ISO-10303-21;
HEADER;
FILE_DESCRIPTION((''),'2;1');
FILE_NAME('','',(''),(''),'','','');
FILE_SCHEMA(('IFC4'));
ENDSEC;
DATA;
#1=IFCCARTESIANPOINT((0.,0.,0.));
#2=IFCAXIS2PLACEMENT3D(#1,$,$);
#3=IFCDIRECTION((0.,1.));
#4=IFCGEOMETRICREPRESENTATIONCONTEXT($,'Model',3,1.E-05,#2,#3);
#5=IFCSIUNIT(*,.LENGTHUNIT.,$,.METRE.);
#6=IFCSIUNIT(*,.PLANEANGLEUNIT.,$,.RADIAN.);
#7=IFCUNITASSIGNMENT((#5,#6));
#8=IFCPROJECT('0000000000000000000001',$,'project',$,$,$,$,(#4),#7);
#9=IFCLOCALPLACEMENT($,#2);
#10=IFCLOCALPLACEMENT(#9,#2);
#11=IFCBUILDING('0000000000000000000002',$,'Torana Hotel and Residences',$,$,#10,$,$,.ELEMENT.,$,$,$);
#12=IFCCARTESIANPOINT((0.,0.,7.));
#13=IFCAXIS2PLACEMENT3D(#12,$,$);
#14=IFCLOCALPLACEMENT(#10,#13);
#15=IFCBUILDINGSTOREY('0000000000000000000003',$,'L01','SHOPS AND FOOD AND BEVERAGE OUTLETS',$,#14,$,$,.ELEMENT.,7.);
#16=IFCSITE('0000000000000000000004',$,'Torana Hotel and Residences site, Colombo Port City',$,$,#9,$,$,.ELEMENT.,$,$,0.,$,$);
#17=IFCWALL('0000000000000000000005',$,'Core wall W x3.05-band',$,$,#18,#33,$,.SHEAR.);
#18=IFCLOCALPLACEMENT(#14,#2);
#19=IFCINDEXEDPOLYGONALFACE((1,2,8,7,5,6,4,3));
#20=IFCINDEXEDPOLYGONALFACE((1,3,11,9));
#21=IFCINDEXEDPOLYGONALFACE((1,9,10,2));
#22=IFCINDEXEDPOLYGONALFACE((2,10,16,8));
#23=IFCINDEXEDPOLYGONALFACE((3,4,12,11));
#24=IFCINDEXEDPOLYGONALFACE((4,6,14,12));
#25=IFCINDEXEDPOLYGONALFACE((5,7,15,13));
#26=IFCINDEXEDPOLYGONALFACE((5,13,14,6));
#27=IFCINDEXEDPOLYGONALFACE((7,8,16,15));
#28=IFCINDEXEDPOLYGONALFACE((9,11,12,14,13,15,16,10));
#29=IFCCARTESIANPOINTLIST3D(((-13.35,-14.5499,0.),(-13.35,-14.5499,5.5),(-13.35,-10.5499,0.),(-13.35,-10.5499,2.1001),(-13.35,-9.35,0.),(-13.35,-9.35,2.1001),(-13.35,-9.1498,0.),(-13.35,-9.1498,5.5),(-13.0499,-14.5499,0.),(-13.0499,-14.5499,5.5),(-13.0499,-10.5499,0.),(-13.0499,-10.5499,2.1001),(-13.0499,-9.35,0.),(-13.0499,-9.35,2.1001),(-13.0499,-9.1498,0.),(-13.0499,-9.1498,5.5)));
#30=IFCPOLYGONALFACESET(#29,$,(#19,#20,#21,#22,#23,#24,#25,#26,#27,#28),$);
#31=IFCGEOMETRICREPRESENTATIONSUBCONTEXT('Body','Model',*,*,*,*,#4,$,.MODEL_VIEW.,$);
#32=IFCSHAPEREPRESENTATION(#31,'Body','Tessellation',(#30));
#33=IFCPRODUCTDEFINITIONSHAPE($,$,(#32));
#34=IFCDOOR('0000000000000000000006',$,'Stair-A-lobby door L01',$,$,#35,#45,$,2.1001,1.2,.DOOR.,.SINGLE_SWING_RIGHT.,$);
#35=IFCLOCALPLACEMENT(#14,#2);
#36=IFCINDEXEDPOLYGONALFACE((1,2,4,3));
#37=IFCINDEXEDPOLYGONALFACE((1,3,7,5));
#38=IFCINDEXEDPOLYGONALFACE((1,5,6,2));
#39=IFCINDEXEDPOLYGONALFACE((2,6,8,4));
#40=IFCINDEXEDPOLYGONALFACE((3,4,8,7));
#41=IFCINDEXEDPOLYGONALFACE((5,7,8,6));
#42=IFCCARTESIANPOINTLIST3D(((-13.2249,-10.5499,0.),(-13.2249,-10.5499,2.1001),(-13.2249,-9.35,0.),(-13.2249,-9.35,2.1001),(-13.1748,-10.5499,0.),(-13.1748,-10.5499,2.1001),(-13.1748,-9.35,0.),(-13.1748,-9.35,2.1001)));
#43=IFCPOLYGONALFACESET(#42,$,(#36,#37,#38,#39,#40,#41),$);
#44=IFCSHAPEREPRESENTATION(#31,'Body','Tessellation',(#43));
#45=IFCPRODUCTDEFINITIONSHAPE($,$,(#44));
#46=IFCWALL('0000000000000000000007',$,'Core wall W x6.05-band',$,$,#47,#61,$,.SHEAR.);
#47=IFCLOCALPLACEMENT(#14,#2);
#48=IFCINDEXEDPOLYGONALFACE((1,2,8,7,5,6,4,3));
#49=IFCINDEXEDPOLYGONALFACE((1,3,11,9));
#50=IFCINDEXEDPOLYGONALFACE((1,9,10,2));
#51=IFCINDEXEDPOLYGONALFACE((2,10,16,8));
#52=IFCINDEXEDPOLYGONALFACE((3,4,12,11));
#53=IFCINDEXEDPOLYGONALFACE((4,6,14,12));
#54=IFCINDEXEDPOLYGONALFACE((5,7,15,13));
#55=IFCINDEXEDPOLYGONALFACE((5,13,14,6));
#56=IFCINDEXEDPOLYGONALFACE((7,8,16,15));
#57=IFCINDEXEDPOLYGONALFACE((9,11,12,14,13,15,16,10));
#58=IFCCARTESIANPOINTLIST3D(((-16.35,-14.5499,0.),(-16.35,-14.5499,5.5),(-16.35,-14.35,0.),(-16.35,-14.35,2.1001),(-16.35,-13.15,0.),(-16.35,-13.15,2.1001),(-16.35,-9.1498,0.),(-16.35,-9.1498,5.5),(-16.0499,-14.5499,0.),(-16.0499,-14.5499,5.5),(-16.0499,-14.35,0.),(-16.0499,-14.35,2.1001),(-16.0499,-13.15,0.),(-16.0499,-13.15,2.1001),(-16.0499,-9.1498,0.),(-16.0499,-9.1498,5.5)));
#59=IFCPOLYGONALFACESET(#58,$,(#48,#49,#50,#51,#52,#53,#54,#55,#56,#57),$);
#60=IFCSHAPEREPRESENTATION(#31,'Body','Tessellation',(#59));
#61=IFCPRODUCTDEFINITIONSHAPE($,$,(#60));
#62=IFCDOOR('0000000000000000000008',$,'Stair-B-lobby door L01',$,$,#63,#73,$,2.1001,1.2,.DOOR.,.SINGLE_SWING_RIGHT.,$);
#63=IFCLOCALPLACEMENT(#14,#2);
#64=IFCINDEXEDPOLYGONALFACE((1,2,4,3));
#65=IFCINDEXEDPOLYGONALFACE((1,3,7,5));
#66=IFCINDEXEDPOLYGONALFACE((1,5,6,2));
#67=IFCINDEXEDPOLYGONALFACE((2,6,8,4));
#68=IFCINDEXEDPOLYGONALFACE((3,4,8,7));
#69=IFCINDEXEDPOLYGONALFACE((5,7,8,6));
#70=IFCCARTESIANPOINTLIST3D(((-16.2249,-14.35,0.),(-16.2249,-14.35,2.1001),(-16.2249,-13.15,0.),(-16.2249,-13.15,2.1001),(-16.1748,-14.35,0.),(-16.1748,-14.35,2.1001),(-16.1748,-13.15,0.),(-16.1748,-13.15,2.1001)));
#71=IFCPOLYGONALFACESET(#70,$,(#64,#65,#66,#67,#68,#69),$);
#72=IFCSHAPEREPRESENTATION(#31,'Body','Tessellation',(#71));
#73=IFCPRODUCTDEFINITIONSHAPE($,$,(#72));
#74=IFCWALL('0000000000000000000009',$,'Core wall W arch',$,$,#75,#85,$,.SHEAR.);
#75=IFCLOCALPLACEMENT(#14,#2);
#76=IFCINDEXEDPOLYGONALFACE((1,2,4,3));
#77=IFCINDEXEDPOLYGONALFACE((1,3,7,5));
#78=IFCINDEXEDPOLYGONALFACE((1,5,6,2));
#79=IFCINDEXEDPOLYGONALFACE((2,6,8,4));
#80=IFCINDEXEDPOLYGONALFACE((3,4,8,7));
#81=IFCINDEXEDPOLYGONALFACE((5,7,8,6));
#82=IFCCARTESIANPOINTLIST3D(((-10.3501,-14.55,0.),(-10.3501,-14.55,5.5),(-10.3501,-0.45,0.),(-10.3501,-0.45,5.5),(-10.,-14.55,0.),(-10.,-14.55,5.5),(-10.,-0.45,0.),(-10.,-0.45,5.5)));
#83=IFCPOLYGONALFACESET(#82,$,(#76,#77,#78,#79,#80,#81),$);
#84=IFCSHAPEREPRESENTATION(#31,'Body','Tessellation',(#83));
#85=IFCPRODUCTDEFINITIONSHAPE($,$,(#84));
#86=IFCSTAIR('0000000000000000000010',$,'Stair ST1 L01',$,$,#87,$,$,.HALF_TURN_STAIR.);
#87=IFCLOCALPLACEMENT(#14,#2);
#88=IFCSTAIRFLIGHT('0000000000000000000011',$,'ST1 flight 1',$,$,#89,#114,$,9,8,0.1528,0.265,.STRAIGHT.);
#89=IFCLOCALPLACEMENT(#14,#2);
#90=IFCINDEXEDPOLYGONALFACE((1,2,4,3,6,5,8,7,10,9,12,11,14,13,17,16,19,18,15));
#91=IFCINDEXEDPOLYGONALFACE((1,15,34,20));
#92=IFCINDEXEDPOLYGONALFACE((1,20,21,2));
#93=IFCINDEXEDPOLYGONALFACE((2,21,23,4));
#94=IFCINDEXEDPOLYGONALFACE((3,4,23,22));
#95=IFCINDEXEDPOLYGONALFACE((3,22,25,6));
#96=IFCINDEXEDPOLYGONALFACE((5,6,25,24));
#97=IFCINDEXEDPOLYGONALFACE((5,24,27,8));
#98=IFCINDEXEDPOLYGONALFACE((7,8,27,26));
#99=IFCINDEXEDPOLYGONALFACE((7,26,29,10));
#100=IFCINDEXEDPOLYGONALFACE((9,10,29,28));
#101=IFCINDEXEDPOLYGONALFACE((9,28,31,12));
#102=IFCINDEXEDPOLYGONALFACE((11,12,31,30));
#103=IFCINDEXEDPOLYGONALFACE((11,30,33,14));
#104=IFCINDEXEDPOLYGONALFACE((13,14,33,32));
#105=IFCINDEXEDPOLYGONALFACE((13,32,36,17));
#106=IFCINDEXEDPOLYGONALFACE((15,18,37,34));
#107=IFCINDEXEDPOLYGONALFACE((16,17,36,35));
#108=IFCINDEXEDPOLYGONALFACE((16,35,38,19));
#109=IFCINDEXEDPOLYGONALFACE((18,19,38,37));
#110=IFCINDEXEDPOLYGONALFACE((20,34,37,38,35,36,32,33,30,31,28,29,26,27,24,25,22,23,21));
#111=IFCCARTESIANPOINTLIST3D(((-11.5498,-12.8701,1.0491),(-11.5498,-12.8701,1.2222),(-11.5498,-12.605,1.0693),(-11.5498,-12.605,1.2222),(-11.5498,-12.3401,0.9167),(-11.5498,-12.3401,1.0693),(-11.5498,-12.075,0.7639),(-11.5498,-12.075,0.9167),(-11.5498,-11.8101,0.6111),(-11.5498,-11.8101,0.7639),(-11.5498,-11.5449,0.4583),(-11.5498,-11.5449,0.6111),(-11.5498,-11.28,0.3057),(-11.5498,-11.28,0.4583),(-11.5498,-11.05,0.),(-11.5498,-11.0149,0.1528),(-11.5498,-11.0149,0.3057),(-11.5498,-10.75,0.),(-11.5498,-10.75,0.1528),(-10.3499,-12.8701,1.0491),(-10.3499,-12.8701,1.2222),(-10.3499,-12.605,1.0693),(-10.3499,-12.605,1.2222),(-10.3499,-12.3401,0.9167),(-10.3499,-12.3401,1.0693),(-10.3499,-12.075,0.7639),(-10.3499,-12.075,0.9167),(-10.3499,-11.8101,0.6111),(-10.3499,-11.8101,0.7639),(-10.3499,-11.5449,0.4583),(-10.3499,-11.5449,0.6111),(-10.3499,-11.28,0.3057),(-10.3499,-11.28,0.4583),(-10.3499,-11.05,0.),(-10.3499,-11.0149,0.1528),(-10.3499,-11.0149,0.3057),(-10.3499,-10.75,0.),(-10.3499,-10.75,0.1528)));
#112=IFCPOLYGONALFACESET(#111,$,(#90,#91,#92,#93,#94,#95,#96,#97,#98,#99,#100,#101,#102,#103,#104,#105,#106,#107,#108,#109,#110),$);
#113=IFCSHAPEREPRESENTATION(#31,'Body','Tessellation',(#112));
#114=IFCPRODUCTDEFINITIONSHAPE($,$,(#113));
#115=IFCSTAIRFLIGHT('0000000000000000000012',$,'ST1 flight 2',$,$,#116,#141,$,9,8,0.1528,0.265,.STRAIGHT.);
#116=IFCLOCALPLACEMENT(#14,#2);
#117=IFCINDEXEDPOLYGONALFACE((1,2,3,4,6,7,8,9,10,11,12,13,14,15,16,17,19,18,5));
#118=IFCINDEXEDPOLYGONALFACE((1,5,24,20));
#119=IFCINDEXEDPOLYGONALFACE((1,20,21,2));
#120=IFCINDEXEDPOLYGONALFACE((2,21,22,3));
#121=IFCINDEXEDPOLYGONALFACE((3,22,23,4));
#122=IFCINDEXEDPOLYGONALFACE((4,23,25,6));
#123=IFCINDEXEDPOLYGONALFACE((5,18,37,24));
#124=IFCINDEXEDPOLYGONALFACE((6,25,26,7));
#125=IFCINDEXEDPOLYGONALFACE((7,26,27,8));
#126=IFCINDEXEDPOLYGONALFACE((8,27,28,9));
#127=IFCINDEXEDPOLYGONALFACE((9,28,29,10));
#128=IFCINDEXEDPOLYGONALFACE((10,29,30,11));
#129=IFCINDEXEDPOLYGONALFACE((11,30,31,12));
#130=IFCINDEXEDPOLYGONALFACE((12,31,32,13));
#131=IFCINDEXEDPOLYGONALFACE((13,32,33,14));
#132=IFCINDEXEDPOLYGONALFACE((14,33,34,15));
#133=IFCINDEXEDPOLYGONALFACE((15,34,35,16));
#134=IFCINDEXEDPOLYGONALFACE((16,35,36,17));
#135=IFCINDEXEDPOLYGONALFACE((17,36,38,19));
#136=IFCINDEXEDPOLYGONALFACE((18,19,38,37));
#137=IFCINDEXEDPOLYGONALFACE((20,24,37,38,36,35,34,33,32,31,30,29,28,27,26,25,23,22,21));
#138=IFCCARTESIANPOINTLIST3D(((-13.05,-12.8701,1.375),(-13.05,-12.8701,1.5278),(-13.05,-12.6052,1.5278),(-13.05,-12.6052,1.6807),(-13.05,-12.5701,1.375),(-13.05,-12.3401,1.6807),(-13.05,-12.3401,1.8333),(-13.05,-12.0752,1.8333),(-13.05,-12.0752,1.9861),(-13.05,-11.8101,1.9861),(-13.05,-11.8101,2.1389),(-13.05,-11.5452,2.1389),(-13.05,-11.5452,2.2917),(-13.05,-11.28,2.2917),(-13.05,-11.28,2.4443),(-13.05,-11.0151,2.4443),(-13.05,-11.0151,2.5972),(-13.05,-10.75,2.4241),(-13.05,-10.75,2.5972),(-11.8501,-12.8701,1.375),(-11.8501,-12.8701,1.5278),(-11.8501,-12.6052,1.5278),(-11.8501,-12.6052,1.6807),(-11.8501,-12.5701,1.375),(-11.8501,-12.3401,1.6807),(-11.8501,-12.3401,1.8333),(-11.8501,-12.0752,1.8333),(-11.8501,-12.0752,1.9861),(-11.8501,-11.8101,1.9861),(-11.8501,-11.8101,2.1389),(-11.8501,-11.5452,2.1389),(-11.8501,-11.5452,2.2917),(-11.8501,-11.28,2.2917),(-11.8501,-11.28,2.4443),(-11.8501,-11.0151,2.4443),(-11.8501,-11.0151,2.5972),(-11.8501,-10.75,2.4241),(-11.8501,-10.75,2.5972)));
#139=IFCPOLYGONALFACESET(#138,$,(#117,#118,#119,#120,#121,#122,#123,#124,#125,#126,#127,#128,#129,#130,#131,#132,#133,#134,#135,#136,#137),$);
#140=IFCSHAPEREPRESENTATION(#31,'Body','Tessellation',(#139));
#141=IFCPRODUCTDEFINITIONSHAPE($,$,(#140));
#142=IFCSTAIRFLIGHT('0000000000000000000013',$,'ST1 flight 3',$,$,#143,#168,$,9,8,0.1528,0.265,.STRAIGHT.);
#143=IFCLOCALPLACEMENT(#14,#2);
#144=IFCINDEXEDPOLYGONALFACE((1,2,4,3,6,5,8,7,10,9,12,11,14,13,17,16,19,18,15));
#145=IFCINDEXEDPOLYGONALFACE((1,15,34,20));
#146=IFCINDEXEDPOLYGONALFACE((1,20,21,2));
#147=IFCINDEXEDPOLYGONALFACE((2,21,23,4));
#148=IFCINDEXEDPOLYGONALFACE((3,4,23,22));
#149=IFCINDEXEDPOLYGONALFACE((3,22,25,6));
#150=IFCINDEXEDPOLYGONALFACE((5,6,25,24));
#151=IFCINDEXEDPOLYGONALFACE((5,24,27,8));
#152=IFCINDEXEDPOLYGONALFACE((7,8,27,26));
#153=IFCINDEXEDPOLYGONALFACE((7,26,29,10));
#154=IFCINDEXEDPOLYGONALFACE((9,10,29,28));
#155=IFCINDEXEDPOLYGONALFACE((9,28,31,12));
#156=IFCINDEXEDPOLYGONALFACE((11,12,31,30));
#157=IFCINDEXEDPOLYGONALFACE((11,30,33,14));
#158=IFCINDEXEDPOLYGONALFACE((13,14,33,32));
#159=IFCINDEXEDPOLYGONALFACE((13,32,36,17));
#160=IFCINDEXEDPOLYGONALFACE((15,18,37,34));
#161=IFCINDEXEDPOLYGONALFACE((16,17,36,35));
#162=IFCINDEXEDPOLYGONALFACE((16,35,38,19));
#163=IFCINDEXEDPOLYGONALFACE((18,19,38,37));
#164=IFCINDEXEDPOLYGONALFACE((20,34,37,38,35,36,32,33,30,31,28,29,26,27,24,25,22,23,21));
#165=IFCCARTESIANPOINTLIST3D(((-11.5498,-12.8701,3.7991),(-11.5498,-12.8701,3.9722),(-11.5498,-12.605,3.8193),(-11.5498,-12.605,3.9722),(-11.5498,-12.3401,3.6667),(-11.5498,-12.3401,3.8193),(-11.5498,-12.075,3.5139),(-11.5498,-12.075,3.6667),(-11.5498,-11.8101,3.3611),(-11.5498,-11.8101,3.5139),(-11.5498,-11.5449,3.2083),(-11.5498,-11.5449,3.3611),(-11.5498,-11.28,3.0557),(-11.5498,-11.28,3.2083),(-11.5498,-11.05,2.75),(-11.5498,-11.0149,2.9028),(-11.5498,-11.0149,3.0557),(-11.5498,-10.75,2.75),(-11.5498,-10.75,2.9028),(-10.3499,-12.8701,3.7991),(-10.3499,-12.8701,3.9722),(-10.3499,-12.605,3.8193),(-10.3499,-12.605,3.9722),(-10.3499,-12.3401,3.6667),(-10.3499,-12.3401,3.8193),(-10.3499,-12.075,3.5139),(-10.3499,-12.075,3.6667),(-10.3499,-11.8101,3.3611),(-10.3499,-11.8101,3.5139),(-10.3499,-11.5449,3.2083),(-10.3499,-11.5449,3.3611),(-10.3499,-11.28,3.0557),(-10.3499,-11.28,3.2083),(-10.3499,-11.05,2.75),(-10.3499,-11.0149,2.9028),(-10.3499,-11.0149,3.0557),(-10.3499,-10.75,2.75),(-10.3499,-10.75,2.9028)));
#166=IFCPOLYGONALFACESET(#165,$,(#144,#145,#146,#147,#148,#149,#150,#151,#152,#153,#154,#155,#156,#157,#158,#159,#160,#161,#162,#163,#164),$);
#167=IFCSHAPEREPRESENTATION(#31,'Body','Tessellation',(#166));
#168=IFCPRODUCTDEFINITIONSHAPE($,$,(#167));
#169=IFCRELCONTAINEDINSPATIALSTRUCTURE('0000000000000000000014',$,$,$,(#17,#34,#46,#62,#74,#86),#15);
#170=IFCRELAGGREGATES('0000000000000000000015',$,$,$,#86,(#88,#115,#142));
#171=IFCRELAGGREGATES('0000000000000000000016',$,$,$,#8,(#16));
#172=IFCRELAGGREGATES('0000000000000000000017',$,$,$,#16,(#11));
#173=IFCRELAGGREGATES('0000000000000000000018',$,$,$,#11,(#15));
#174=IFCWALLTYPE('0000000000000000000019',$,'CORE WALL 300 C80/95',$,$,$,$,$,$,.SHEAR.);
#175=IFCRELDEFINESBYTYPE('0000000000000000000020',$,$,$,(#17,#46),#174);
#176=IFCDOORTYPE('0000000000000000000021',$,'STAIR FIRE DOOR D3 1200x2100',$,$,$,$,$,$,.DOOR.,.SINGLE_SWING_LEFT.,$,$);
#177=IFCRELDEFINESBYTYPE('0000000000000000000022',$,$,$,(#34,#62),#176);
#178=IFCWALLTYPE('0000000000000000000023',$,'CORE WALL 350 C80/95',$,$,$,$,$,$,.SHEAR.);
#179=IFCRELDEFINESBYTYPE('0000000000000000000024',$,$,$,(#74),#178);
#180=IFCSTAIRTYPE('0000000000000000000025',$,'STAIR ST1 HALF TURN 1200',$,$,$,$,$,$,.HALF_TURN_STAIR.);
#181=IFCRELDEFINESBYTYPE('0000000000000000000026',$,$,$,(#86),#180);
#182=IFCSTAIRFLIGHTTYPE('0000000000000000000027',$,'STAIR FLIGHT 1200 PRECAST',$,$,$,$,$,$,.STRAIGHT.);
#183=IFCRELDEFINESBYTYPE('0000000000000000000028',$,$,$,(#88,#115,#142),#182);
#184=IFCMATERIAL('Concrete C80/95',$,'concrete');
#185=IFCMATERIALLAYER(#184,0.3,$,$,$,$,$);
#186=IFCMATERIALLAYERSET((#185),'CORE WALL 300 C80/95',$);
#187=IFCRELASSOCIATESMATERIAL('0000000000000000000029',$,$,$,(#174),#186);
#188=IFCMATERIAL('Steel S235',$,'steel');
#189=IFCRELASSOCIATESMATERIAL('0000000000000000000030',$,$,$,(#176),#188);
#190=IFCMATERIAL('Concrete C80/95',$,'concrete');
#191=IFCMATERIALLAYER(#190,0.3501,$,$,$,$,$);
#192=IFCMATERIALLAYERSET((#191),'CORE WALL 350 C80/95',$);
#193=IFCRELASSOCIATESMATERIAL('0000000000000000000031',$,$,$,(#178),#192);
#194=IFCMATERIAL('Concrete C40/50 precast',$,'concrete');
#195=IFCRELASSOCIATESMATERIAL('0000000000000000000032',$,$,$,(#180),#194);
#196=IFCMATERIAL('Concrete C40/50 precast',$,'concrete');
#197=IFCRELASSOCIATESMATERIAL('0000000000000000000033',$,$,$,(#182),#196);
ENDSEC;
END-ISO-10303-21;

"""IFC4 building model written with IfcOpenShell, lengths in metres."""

from ifc_helpers import new_model, si_unit, direction, frame, frame_2d, origin, place, context, subcontext, project, spatial, polyline, rectangle, outline, extrude, material, layer, layer_set, type_object, element, fill, aggregate, save


model = new_model("IFC4")

# Units and contexts
model_context = context("Model", 3, precision=1e-05, world=origin(), true_north=direction((0.0, 1.0)))
body_context = subcontext(model_context, "Body", "Model", "MODEL_VIEW")
ifc_project = project(units=[si_unit("LENGTHUNIT", "METRE"), si_unit("PLANEANGLEUNIT", "RADIAN")], contexts=[model_context])

# Site, building, storey
site_placement = place(None, origin())
site = spatial("IfcSite", under=ifc_project, at=site_placement, Name="Torana Hotel and Residences site, Colombo Port City", CompositionType="ELEMENT", RefElevation=0.0)
building_placement = place(site_placement, origin())
building = spatial("IfcBuilding", under=site, at=building_placement, Name="Torana Hotel and Residences", CompositionType="ELEMENT")
storey_placement = place(building_placement, frame((0.0, 0.0, 7.0)))
storey = spatial("IfcBuildingStorey", under=building, at=storey_placement, Name="L01", Description="SHOPS AND FOOD AND BEVERAGE OUTLETS", CompositionType="ELEMENT", Elevation=7.0)

# Walls, openings, doors
ifc_material_1 = material(Name="Concrete C80/95", Category="concrete")
ifc_layer_1 = layer(ifc_material_1, 0.3)
ifc_layer_set_1 = layer_set([ifc_layer_1], Name="CORE WALL 300 C80/95")
wall_type_1 = type_object("IfcWallType", Name="CORE WALL 300 C80/95", PredefinedType="SHEAR", material=ifc_layer_set_1)
wall_1_placement = place(storey_placement, frame((-13.2, -14.55, 0.0), z_axis=(0.0, 0.0, 1.0), x_axis=(0.0, 1.0, 0.0)))
wall_1 = element("IfcWall", 1, at=wall_1_placement, inside=storey, type_object=wall_type_1, Name="Core wall W x3.05-band", PredefinedType="SHEAR", context=body_context, shape_type="SweptSolid", body=[
    extrude(rectangle(XDim=5.4001, YDim=0.3, at=frame_2d((2.7002, 0.0))), origin(), (0.0, 0.0, 1.0), 5.5),
])
opening_1_placement = place(wall_1_placement, frame((4.0, 0.0, 0.0)))
opening_1 = element("IfcOpeningElement", 2, at=opening_1_placement, cuts=wall_1, PredefinedType="OPENING", context=body_context, shape_type="SweptSolid", body=[
    extrude(rectangle(XDim=1.2, YDim=2.1001, at=frame_2d((0.6001, 1.05))), frame((0.0, 0.1599, 0.0), z_axis=(0.0, -1.0, 0.0), x_axis=(1.0, 0.0, 0.0)), (0.0, 0.0, 1.0), 0.3201),
])
ifc_material_2 = material(Name="Steel S235", Category="steel")
door_type = type_object("IfcDoorType", Name="STAIR FIRE DOOR D3 1200x2100", OperationType="SINGLE_SWING_LEFT", PredefinedType="DOOR", material=ifc_material_2)
door_1_placement = place(opening_1_placement, frame((0.6001, 0.0, 0.0), z_axis=(0.0, 0.0, 1.0), x_axis=(-1.0, 0.0, 0.0)))
door_1 = element("IfcDoor", 3, at=door_1_placement, inside=storey, type_object=door_type, Name="Stair-A-lobby door L01", OperationType="SINGLE_SWING_RIGHT", OverallHeight=2.1001, OverallWidth=1.2, PredefinedType="DOOR", context=body_context, shape_type="SweptSolid", body=[
    extrude(rectangle(XDim=1.2, YDim=2.1001, at=frame_2d((0.0, 1.05))), frame((0.0, -0.0249, 0.0), z_axis=(0.0, 1.0, 0.0), x_axis=(-1.0, 0.0, 0.0)), (0.0, 0.0, 1.0), 0.05),
])
fill(opening_1, door_1)
wall_2_placement = place(storey_placement, frame((-16.2, -14.55, 0.0), z_axis=(0.0, 0.0, 1.0), x_axis=(0.0, 1.0, 0.0)))
wall_2 = element("IfcWall", 4, at=wall_2_placement, inside=storey, type_object=wall_type_1, Name="Core wall W x6.05-band", PredefinedType="SHEAR", context=body_context, shape_type="SweptSolid", body=[
    extrude(rectangle(XDim=5.4001, YDim=0.3, at=frame_2d((2.7002, 0.0))), origin(), (0.0, 0.0, 1.0), 5.5),
])
opening_2_placement = place(wall_2_placement, frame((0.2, 0.0, 0.0)))
opening_2 = element("IfcOpeningElement", 5, at=opening_2_placement, cuts=wall_2, PredefinedType="OPENING", context=body_context, shape_type="SweptSolid", body=[
    extrude(rectangle(XDim=1.2, YDim=2.1001, at=frame_2d((0.6001, 1.05))), frame((0.0, 0.1599, 0.0), z_axis=(0.0, -1.0, 0.0), x_axis=(1.0, 0.0, 0.0)), (0.0, 0.0, 1.0), 0.3201),
])
door_2_placement = place(opening_2_placement, origin())
door_2 = element("IfcDoor", 6, at=door_2_placement, inside=storey, type_object=door_type, Name="Stair-B-lobby door L01", OperationType="SINGLE_SWING_RIGHT", OverallHeight=2.1001, OverallWidth=1.2, PredefinedType="DOOR", context=body_context, shape_type="SweptSolid", body=[
    extrude(rectangle(XDim=1.2, YDim=2.1001, at=frame_2d((0.6001, 1.05))), frame((0.0, 0.0249, 0.0), z_axis=(0.0, -1.0, 0.0), x_axis=(1.0, 0.0, 0.0)), (0.0, 0.0, 1.0), 0.05),
])
fill(opening_2, door_2)

# Wall
ifc_material_3 = material(Name="Concrete C80/95", Category="concrete")
ifc_layer_2 = layer(ifc_material_3, 0.3501)
ifc_layer_set_2 = layer_set([ifc_layer_2], Name="CORE WALL 350 C80/95")
wall_type_2 = type_object("IfcWallType", Name="CORE WALL 350 C80/95", PredefinedType="SHEAR", material=ifc_layer_set_2)
wall_3_placement = place(storey_placement, frame((-10.175, -14.55, 0.0), z_axis=(0.0, 0.0, 1.0), x_axis=(0.0, 1.0, 0.0)))
element("IfcWall", 7, at=wall_3_placement, inside=storey, type_object=wall_type_2, Name="Core wall W arch", PredefinedType="SHEAR", context=body_context, shape_type="SweptSolid", body=[
    extrude(rectangle(XDim=14.1001, YDim=0.3501, at=frame_2d((7.05, 0.0))), origin(), (0.0, 0.0, 1.0), 5.5),
])

# Stair, stair flights
ifc_material_4 = material(Name="Concrete C40/50 precast", Category="concrete")
stair_type_1 = type_object("IfcStairType", Name="STAIR ST1 HALF TURN 1200", PredefinedType="HALF_TURN_STAIR", material=ifc_material_4)
stair_1_placement = place(storey_placement, origin())
stair_1 = element("IfcStair", 8, at=stair_1_placement, inside=storey, type_object=stair_type_1, Name="Stair ST1 L01", PredefinedType="HALF_TURN_STAIR")
ifc_material_5 = material(Name="Concrete C40/50 precast", Category="concrete")
stair_flight_type = type_object("IfcStairFlightType", Name="STAIR FLIGHT 1200 PRECAST", PredefinedType="STRAIGHT", material=ifc_material_5)
stair_flight_1_placement = place(storey_placement, frame((-10.95, -10.75, 0.0), z_axis=(0.0, 0.0, 1.0), x_axis=(0.0, -1.0, 0.0)))
stair_flight_1 = element("IfcStairFlight", 9, at=stair_flight_1_placement, type_object=stair_flight_type, Name="ST1 flight 1", NumberOfRisers=9, NumberOfTreads=8, PredefinedType="STRAIGHT", RiserHeight=0.1528, TreadLength=0.265, context=body_context, shape_type="SweptSolid", body=[
    extrude(outline(polyline([(0.0, 0.0), (0.0, 0.1528), (0.2649, 0.1528), (0.2649, 0.3057), (0.53, 0.3057), (0.53, 0.4583), (0.7949, 0.4583), (0.7949, 0.6111), (1.0601, 0.6111), (1.0601, 0.7639), (1.325, 0.7639), (1.325, 0.9167), (1.5901, 0.9167), (1.5901, 1.0693), (1.855, 1.0693), (1.855, 1.2222), (2.1201, 1.2222), (2.1201, 1.375), (2.1201, 1.0491), (0.3, 0.0), (0.0, 0.0)])), frame((0.0, 0.6001, 0.0), z_axis=(0.0, -1.0, 0.0), x_axis=(1.0, 0.0, 0.0)), (0.0, 0.0, 1.0), 1.2),
])
stair_flight_2_placement = place(storey_placement, frame((-12.45, -12.8701, 1.375), z_axis=(0.0, 0.0, 1.0), x_axis=(0.0, 1.0, 0.0)))
stair_flight_2 = element("IfcStairFlight", 10, at=stair_flight_2_placement, type_object=stair_flight_type, Name="ST1 flight 2", NumberOfRisers=9, NumberOfTreads=8, PredefinedType="STRAIGHT", RiserHeight=0.1528, TreadLength=0.265, context=body_context, shape_type="SweptSolid", body=[
    extrude(outline(polyline([(0.0, 0.0), (0.0, 0.1528), (0.2649, 0.1528), (0.2649, 0.3057), (0.53, 0.3057), (0.53, 0.4583), (0.7949, 0.4583), (0.7949, 0.6111), (1.0601, 0.6111), (1.0601, 0.7639), (1.325, 0.7639), (1.325, 0.9167), (1.5901, 0.9167), (1.5901, 1.0693), (1.855, 1.0693), (1.855, 1.2222), (2.1201, 1.2222), (2.1201, 1.375), (2.1201, 1.0491), (0.3, 0.0), (0.0, 0.0)])), frame((0.0, 0.6001, 0.0), z_axis=(0.0, -1.0, 0.0), x_axis=(1.0, 0.0, 0.0)), (0.0, 0.0, 1.0), 1.2),
])
stair_flight_3_placement = place(storey_placement, frame((-10.95, -10.75, 2.75), z_axis=(0.0, 0.0, 1.0), x_axis=(0.0, -1.0, 0.0)))
stair_flight_3 = element("IfcStairFlight", 11, at=stair_flight_3_placement, type_object=stair_flight_type, Name="ST1 flight 3", NumberOfRisers=9, NumberOfTreads=8, PredefinedType="STRAIGHT", RiserHeight=0.1528, TreadLength=0.265, context=body_context, shape_type="SweptSolid", body=[
    extrude(outline(polyline([(0.0, 0.0), (0.0, 0.1528), (0.2649, 0.1528), (0.2649, 0.3057), (0.53, 0.3057), (0.53, 0.4583), (0.7949, 0.4583), (0.7949, 0.6111), (1.0601, 0.6111), (1.0601, 0.7639), (1.325, 0.7639), (1.325, 0.9167), (1.5901, 0.9167), (1.5901, 1.0693), (1.855, 1.0693), (1.855, 1.2222), (2.1201, 1.2222), (2.1201, 1.375), (2.1201, 1.0491), (0.3, 0.0), (0.0, 0.0)])), frame((0.0, 0.6001, 0.0), z_axis=(0.0, -1.0, 0.0), x_axis=(1.0, 0.0, 0.0)), (0.0, 0.0, 1.0), 1.2),
])
aggregate(stair_1, [stair_flight_1, stair_flight_2, stair_flight_3])

save(model, "model.ifc")
